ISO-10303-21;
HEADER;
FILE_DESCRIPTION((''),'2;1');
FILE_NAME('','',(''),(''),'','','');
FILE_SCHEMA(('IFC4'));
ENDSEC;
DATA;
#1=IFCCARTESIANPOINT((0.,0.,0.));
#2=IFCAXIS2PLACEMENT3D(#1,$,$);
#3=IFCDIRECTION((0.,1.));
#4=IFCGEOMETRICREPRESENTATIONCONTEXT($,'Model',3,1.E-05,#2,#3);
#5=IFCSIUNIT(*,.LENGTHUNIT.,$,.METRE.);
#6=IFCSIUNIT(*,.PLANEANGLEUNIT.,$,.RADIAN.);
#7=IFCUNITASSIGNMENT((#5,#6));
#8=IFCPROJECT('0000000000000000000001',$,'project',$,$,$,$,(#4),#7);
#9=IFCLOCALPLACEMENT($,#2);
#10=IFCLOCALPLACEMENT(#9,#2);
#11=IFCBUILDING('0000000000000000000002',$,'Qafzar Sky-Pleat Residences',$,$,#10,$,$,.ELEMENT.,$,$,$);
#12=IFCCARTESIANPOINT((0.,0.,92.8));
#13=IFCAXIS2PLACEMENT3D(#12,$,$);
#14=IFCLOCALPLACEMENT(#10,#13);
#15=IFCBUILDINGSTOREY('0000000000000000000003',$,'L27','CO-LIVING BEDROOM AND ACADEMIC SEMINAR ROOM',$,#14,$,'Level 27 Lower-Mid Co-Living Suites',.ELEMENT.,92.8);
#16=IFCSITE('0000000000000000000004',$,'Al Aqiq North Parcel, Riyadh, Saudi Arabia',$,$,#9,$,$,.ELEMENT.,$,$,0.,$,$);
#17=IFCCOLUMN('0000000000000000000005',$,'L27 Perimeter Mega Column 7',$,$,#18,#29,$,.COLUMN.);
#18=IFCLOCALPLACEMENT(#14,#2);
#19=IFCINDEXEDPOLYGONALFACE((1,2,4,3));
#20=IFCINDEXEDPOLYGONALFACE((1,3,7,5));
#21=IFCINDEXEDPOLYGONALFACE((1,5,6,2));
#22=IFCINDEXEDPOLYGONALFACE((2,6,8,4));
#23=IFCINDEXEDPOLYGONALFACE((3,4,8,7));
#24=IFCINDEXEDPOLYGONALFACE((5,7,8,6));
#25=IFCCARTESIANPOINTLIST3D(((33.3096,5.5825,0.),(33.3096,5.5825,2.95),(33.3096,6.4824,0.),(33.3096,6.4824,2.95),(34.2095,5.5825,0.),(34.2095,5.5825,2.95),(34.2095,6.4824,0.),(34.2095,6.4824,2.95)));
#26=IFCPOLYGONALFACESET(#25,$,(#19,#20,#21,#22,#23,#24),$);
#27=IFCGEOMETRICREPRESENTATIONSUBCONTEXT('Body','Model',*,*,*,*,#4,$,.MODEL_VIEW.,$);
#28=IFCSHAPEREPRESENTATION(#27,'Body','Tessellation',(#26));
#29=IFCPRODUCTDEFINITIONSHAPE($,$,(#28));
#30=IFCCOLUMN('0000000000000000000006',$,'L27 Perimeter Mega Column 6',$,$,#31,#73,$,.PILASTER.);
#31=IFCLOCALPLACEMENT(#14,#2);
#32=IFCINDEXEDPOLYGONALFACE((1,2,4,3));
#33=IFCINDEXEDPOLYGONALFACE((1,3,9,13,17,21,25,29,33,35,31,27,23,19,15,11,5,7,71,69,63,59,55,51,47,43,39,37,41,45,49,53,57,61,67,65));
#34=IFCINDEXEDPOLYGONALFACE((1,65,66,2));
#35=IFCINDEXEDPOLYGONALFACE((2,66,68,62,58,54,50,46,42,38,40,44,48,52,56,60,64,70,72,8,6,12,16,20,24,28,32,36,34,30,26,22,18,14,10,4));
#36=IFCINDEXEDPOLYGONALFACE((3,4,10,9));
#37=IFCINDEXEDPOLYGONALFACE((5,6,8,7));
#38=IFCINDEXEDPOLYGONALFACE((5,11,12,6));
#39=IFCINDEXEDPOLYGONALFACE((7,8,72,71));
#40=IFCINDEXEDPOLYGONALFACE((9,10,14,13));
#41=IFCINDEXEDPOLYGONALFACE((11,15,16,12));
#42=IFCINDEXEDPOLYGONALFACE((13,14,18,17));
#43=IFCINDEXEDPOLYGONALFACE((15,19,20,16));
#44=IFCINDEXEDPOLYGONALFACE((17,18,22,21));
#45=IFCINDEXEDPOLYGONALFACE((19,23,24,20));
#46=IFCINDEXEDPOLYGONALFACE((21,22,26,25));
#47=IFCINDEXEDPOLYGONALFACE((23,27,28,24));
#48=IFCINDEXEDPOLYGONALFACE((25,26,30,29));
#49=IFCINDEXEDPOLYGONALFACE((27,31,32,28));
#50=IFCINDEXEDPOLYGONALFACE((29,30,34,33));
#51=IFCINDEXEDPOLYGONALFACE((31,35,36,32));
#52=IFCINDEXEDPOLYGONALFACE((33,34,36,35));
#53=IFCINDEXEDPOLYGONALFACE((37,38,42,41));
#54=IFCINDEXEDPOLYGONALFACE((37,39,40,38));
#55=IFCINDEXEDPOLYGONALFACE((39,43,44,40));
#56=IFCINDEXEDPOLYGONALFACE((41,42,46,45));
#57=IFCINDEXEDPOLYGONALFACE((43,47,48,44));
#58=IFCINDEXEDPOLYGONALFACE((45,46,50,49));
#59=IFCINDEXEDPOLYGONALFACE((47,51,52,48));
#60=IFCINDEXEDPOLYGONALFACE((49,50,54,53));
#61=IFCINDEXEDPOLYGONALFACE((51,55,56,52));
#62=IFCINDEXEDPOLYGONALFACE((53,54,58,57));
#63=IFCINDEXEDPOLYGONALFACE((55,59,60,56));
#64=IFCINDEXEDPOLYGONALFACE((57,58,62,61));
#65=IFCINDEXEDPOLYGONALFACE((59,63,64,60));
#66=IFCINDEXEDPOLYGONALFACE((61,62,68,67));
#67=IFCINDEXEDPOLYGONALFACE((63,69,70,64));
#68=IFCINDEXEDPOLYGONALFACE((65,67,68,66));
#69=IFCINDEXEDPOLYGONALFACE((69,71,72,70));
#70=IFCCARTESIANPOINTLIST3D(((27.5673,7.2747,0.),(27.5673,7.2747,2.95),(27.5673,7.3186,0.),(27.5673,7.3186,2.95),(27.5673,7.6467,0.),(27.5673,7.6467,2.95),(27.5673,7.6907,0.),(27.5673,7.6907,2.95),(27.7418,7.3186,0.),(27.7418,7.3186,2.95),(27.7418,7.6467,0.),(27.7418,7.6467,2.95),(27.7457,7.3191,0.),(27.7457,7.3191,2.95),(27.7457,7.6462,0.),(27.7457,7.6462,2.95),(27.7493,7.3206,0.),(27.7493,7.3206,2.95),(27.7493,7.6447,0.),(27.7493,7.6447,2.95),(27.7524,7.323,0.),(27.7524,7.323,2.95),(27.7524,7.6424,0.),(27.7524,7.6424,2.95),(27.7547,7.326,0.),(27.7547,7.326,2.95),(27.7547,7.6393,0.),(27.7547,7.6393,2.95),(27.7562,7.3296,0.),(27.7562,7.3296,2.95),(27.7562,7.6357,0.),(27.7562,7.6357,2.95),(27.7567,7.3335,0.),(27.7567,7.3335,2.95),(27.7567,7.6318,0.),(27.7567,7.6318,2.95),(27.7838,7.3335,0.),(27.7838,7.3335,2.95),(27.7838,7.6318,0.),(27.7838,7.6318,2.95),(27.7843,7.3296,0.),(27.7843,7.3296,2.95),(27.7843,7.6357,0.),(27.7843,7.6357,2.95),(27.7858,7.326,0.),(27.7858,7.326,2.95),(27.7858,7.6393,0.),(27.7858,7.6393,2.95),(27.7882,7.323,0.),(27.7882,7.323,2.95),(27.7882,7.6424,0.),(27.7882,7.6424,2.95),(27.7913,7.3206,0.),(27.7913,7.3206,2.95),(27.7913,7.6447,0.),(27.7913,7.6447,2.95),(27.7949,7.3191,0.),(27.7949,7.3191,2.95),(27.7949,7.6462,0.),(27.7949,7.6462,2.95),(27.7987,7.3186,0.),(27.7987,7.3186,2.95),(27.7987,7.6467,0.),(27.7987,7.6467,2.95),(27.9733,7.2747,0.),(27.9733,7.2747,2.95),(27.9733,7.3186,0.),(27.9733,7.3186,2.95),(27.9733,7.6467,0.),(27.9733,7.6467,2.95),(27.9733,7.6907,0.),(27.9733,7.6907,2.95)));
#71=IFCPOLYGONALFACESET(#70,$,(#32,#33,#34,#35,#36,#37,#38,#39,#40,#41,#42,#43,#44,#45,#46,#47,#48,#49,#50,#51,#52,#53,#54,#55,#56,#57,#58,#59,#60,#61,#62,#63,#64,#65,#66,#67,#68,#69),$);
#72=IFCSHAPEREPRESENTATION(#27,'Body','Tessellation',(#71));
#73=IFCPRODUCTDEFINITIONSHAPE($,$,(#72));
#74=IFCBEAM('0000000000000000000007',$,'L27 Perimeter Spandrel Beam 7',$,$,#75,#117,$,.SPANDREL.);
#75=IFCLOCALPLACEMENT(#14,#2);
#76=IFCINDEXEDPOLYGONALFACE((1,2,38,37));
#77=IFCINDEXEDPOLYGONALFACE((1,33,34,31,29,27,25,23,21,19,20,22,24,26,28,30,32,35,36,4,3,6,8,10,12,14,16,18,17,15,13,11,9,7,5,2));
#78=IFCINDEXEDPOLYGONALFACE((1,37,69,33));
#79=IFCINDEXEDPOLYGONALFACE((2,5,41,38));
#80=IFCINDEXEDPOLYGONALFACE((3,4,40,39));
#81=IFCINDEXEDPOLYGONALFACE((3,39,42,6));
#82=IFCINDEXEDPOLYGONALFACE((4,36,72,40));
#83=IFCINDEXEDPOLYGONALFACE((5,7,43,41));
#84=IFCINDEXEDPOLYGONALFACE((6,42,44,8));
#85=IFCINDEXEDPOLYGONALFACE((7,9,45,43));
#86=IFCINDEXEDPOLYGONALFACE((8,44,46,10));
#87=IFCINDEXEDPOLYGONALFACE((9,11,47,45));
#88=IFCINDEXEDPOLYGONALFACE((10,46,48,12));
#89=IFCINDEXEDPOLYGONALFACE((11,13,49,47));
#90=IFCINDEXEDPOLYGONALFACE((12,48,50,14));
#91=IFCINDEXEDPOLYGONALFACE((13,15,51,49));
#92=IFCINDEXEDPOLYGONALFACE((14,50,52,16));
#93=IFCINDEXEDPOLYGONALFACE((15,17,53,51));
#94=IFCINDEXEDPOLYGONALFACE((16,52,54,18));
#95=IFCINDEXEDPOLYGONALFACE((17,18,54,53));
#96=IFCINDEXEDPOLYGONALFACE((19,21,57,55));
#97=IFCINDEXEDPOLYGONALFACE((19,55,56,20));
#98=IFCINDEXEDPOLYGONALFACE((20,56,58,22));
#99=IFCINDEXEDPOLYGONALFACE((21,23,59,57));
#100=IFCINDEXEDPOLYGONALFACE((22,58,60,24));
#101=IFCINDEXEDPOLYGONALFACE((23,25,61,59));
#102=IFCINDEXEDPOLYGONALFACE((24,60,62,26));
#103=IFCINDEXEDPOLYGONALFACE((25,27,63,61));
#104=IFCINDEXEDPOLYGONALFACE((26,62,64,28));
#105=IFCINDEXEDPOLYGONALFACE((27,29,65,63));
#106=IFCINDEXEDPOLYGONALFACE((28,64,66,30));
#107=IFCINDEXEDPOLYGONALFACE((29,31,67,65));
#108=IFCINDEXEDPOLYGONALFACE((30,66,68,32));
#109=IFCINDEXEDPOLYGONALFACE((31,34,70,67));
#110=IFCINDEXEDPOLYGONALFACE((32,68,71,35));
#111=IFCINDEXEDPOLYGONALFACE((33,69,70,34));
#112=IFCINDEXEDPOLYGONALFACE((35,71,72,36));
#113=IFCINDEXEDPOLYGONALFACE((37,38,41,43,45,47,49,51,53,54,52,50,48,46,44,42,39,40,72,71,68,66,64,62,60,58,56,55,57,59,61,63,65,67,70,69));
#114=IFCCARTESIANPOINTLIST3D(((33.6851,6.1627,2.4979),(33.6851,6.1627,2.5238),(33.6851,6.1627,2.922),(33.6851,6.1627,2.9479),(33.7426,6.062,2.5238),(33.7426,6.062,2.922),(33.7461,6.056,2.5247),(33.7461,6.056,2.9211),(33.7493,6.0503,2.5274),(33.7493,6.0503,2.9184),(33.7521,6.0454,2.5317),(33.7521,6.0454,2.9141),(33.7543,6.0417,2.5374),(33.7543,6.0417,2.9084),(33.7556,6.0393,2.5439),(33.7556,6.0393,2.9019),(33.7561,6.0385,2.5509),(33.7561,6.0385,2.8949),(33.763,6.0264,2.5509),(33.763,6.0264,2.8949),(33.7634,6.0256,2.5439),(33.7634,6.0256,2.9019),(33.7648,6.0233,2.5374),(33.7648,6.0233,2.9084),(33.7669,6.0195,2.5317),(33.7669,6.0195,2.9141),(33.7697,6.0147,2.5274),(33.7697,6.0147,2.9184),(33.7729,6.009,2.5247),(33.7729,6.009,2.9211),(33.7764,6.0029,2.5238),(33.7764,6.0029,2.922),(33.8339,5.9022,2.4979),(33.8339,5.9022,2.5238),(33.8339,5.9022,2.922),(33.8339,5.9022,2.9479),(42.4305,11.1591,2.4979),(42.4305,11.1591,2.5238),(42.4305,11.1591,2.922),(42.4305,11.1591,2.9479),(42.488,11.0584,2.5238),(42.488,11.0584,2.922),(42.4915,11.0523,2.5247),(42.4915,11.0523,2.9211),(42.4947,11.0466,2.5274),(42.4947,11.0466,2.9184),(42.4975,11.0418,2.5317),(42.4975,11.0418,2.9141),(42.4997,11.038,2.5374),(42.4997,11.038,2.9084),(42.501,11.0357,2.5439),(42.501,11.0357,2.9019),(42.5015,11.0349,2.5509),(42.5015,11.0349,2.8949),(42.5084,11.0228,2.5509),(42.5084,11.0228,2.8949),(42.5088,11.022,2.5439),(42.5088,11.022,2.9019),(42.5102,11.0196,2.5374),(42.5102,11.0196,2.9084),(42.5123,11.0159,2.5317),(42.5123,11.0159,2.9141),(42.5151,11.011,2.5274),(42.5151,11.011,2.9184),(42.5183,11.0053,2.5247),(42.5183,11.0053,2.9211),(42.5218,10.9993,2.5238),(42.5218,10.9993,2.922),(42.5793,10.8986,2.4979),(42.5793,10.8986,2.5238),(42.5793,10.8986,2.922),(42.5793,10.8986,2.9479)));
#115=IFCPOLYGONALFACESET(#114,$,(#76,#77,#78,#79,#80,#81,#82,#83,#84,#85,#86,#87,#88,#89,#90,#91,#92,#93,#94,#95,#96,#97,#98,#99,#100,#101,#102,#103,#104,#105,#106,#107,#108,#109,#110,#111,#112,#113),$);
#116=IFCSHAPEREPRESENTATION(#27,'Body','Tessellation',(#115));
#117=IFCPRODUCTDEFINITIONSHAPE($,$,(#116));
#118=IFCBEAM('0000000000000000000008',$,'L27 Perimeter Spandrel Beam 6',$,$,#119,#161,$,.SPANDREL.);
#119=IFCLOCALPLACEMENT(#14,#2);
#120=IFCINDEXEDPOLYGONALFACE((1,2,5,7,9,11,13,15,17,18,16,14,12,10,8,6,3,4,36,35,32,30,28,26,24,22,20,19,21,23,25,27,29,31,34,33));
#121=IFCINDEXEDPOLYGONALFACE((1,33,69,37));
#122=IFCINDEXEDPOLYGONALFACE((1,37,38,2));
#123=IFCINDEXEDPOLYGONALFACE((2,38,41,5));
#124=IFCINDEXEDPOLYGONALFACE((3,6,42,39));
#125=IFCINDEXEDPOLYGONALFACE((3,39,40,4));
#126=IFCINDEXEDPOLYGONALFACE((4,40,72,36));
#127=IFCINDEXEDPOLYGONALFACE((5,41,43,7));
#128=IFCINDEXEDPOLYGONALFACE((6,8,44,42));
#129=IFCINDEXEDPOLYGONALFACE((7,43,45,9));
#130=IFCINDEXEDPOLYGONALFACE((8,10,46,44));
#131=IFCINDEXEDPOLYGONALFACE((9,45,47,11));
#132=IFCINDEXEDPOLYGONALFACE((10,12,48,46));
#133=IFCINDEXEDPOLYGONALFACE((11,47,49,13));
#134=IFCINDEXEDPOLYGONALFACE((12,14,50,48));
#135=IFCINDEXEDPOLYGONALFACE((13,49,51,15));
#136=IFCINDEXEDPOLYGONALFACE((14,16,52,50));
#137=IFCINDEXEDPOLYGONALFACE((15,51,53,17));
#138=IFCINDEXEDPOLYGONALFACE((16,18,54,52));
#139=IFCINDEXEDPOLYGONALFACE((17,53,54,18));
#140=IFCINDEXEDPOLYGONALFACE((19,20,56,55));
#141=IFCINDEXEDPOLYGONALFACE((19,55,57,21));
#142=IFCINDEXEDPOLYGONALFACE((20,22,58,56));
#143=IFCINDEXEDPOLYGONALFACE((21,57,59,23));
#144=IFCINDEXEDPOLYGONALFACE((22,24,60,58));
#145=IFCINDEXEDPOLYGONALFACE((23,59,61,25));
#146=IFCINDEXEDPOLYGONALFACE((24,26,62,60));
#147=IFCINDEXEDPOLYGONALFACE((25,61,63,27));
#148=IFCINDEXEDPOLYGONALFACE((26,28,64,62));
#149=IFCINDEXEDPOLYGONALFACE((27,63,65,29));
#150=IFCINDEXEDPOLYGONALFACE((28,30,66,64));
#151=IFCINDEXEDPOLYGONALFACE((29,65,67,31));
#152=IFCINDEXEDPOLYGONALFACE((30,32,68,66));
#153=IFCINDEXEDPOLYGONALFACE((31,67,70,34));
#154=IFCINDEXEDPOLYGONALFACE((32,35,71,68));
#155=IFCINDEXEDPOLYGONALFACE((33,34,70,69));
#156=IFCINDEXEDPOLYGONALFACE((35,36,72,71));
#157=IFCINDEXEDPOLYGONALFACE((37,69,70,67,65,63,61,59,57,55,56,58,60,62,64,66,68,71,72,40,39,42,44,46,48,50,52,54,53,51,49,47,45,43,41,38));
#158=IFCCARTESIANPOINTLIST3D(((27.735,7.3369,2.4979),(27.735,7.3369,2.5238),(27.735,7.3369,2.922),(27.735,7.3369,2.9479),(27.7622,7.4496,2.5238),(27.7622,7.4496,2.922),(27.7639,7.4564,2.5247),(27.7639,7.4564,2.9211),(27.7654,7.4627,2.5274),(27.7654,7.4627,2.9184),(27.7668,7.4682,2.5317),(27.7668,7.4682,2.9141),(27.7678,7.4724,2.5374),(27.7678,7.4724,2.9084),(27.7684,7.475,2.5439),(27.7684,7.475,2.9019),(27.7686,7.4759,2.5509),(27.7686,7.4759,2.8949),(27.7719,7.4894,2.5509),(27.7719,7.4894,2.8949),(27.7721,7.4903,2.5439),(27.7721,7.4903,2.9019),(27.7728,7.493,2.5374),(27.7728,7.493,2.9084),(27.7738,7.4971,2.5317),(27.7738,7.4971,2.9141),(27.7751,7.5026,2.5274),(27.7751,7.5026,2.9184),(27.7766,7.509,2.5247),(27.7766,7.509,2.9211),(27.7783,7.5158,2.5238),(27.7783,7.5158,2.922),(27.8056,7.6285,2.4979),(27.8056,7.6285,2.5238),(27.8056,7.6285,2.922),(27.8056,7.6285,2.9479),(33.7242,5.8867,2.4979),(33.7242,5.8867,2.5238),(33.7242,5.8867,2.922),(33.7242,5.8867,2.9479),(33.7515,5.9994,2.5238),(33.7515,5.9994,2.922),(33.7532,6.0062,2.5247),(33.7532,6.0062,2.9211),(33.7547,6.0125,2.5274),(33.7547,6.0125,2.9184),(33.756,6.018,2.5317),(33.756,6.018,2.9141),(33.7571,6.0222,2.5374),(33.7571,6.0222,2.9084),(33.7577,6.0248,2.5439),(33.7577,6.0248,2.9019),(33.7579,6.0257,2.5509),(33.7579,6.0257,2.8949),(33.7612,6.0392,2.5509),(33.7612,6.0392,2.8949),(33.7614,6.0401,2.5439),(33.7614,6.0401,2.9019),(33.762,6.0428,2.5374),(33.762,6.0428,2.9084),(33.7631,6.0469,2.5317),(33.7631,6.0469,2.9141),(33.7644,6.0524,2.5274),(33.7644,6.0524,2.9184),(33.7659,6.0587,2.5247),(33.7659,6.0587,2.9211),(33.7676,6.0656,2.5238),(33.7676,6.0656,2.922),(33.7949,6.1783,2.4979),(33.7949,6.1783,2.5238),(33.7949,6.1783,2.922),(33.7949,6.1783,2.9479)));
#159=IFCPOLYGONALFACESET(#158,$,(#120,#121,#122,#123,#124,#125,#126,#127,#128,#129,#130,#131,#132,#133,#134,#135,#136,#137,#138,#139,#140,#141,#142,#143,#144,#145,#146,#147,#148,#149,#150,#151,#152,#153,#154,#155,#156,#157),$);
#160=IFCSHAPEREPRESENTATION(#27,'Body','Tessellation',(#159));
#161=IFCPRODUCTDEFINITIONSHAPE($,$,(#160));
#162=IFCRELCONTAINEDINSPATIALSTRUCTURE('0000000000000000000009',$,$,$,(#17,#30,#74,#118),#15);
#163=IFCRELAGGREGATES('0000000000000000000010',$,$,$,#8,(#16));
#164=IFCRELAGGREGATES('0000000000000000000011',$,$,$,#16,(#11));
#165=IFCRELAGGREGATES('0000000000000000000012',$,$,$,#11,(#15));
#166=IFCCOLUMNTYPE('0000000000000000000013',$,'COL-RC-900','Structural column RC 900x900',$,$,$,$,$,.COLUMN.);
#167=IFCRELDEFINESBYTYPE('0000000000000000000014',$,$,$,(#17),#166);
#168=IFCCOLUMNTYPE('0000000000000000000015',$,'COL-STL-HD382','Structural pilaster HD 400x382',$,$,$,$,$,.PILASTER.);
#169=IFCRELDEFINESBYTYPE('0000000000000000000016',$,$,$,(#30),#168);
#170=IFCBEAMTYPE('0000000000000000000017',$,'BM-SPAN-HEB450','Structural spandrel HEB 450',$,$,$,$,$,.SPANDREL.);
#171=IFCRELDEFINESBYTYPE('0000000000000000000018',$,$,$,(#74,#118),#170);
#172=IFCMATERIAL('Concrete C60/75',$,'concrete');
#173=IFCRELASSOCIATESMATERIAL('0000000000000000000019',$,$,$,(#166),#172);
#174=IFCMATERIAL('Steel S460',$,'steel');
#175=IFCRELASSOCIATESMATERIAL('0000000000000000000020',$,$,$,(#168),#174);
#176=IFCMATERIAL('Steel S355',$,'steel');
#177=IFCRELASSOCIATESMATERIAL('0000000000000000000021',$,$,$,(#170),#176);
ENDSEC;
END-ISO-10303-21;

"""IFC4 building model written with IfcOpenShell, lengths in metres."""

from ifc_helpers import new_model, si_unit, direction, frame, origin, origin_2d, place, context, subcontext, project, spatial, rectangle, i_section, extrude, source, transform, mapped, material, material_profile, profile_set, type_object, element, save


model = new_model("IFC4")

# Units and contexts
model_context = context("Model", 3, precision=1e-05, world=origin(), true_north=direction((0.0, 1.0)))
body_context = subcontext(model_context, "Body", "Model", "MODEL_VIEW")
ifc_project = project(units=[si_unit("LENGTHUNIT", "METRE"), si_unit("PLANEANGLEUNIT", "RADIAN")], contexts=[model_context])

# Site, building, storey
site_placement = place(None, origin())
site = spatial("IfcSite", under=ifc_project, at=site_placement, Name="Al Aqiq North Parcel, Riyadh, Saudi Arabia", CompositionType="ELEMENT", RefElevation=0.0)
building_placement = place(site_placement, origin())
building = spatial("IfcBuilding", under=site, at=building_placement, Name="Qafzar Sky-Pleat Residences", CompositionType="ELEMENT")
storey_placement = place(building_placement, frame((0.0, 0.0, 92.8)))
storey = spatial("IfcBuildingStorey", under=building, at=storey_placement, Name="L27", Description="CO-LIVING BEDROOM AND ACADEMIC SEMINAR ROOM", LongName="Level 27 Lower-Mid Co-Living Suites", CompositionType="ELEMENT", Elevation=92.8)

# Columns
ifc_material_1 = material(Name="Concrete C60/75", Category="concrete")
ifc_material_profile_1 = material_profile(ifc_material_1, rectangle(XDim=0.8999, YDim=0.8999, at=origin_2d()), Name="RC 900x900")
ifc_profile_set_1 = profile_set([ifc_material_profile_1], Name="Concrete C60/75")
column_type_1 = type_object("IfcColumnType", Name="COL-RC-900", Description="Structural column RC 900x900", PredefinedType="COLUMN", material=ifc_profile_set_1)
shared_shape_1 = source(origin(), body_context, "Body", "SweptSolid", [
    extrude(rectangle(XDim=0.8999, YDim=0.8999, at=origin_2d()), origin(), (0.0, 0.0, 1.0), 2.95),
])
column_1_placement = place(storey_placement, frame((33.7595, 6.0325, 0.0), z_axis=(0.0, 0.0, 1.0), x_axis=(1.0, 0.0, 0.0)))
element("IfcColumn", 1, at=column_1_placement, inside=storey, type_object=column_type_1, Name="L27 Perimeter Mega Column 7", PredefinedType="COLUMN", context=body_context, shape_type="MappedRepresentation", body=[
    mapped(shared_shape_1, transform((0.0, 0.0, 0.0), x_axis=(1.0, 0.0, 0.0), y_axis=(0.0, 1.0, 0.0), z_axis=(0.0, 0.0, 1.0), scale=1.0)),
])
ifc_material_2 = material(Name="Steel S460", Category="steel")
ifc_material_profile_2 = material_profile(ifc_material_2, i_section(OverallWidth=0.406, OverallDepth=0.416, WebThickness=0.0271, FlangeThickness=0.0439, FilletRadius=0.0149, at=origin_2d()), Name="HD 400x382")
ifc_profile_set_2 = profile_set([ifc_material_profile_2], Name="Steel S460")
column_type_2 = type_object("IfcColumnType", Name="COL-STL-HD382", Description="Structural pilaster HD 400x382", PredefinedType="PILASTER", material=ifc_profile_set_2)
shared_shape_2 = source(origin(), body_context, "Body", "SweptSolid", [
    extrude(i_section(OverallWidth=0.406, OverallDepth=0.416, WebThickness=0.0271, FlangeThickness=0.0439, FilletRadius=0.0149, at=origin_2d()), origin(), (0.0, 0.0, 1.0), 2.95),
])
column_2_placement = place(storey_placement, frame((27.7703, 7.4827, 0.0), z_axis=(0.0, 0.0, 1.0), x_axis=(1.0, 0.0, 0.0)))
element("IfcColumn", 2, at=column_2_placement, inside=storey, type_object=column_type_2, Name="L27 Perimeter Mega Column 6", PredefinedType="PILASTER", context=body_context, shape_type="MappedRepresentation", body=[
    mapped(shared_shape_2, transform((0.0, 0.0, 0.0), x_axis=(1.0, 0.0, 0.0), y_axis=(0.0, 1.0, 0.0), z_axis=(0.0, 0.0, 1.0), scale=1.0)),
])

# Beams
ifc_material_3 = material(Name="Steel S355", Category="steel")
ifc_material_profile_3 = material_profile(ifc_material_3, i_section(OverallWidth=0.3, OverallDepth=0.45, WebThickness=0.0139, FlangeThickness=0.0259, FilletRadius=0.0271, at=origin_2d()), Name="HEB 450")
ifc_profile_set_3 = profile_set([ifc_material_profile_3], Name="Steel S355")
beam_type_1 = type_object("IfcBeamType", Name="BM-SPAN-HEB450", Description="Structural spandrel HEB 450", PredefinedType="SPANDREL", material=ifc_profile_set_3)
shared_shape_3 = source(origin(), body_context, "Body", "SweptSolid", [
    extrude(i_section(OverallWidth=0.3, OverallDepth=0.45, WebThickness=0.0139, FlangeThickness=0.0259, FilletRadius=0.0271, at=origin_2d()), origin(), (0.0, 0.0, 1.0), 10.072),
])
beam_1_placement = place(storey_placement, frame((33.7595, 6.0325, 2.7229), z_axis=(0.868286, 0.496063, 0.0), x_axis=(-0.496063, 0.868286, 0.0)))
element("IfcBeam", 3, at=beam_1_placement, inside=storey, type_object=beam_type_1, Name="L27 Perimeter Spandrel Beam 7", PredefinedType="SPANDREL", context=body_context, shape_type="MappedRepresentation", body=[
    mapped(shared_shape_3, transform((0.0, 0.0, 0.0), x_axis=(1.0, 0.0, 0.0), y_axis=(0.0, 1.0, 0.0), z_axis=(0.0, 0.0, 1.0), scale=1.0)),
])
shared_shape_4 = source(origin(), body_context, "Body", "SweptSolid", [
    extrude(i_section(OverallWidth=0.3, OverallDepth=0.45, WebThickness=0.0139, FlangeThickness=0.0259, FilletRadius=0.0271, at=origin_2d()), origin(), (0.0, 0.0, 1.0), 6.1624),
])
beam_2_placement = place(storey_placement, frame((27.7703, 7.4827, 2.7229), z_axis=(0.971915, -0.235332, 0.0), x_axis=(0.235332, 0.971915, 0.0)))
element("IfcBeam", 4, at=beam_2_placement, inside=storey, type_object=beam_type_1, Name="L27 Perimeter Spandrel Beam 6", PredefinedType="SPANDREL", context=body_context, shape_type="MappedRepresentation", body=[
    mapped(shared_shape_4, transform((0.0, 0.0, 0.0), x_axis=(1.0, 0.0, 0.0), y_axis=(0.0, 1.0, 0.0), z_axis=(0.0, 0.0, 1.0), scale=1.0)),
])

save(model, "model.ifc")
